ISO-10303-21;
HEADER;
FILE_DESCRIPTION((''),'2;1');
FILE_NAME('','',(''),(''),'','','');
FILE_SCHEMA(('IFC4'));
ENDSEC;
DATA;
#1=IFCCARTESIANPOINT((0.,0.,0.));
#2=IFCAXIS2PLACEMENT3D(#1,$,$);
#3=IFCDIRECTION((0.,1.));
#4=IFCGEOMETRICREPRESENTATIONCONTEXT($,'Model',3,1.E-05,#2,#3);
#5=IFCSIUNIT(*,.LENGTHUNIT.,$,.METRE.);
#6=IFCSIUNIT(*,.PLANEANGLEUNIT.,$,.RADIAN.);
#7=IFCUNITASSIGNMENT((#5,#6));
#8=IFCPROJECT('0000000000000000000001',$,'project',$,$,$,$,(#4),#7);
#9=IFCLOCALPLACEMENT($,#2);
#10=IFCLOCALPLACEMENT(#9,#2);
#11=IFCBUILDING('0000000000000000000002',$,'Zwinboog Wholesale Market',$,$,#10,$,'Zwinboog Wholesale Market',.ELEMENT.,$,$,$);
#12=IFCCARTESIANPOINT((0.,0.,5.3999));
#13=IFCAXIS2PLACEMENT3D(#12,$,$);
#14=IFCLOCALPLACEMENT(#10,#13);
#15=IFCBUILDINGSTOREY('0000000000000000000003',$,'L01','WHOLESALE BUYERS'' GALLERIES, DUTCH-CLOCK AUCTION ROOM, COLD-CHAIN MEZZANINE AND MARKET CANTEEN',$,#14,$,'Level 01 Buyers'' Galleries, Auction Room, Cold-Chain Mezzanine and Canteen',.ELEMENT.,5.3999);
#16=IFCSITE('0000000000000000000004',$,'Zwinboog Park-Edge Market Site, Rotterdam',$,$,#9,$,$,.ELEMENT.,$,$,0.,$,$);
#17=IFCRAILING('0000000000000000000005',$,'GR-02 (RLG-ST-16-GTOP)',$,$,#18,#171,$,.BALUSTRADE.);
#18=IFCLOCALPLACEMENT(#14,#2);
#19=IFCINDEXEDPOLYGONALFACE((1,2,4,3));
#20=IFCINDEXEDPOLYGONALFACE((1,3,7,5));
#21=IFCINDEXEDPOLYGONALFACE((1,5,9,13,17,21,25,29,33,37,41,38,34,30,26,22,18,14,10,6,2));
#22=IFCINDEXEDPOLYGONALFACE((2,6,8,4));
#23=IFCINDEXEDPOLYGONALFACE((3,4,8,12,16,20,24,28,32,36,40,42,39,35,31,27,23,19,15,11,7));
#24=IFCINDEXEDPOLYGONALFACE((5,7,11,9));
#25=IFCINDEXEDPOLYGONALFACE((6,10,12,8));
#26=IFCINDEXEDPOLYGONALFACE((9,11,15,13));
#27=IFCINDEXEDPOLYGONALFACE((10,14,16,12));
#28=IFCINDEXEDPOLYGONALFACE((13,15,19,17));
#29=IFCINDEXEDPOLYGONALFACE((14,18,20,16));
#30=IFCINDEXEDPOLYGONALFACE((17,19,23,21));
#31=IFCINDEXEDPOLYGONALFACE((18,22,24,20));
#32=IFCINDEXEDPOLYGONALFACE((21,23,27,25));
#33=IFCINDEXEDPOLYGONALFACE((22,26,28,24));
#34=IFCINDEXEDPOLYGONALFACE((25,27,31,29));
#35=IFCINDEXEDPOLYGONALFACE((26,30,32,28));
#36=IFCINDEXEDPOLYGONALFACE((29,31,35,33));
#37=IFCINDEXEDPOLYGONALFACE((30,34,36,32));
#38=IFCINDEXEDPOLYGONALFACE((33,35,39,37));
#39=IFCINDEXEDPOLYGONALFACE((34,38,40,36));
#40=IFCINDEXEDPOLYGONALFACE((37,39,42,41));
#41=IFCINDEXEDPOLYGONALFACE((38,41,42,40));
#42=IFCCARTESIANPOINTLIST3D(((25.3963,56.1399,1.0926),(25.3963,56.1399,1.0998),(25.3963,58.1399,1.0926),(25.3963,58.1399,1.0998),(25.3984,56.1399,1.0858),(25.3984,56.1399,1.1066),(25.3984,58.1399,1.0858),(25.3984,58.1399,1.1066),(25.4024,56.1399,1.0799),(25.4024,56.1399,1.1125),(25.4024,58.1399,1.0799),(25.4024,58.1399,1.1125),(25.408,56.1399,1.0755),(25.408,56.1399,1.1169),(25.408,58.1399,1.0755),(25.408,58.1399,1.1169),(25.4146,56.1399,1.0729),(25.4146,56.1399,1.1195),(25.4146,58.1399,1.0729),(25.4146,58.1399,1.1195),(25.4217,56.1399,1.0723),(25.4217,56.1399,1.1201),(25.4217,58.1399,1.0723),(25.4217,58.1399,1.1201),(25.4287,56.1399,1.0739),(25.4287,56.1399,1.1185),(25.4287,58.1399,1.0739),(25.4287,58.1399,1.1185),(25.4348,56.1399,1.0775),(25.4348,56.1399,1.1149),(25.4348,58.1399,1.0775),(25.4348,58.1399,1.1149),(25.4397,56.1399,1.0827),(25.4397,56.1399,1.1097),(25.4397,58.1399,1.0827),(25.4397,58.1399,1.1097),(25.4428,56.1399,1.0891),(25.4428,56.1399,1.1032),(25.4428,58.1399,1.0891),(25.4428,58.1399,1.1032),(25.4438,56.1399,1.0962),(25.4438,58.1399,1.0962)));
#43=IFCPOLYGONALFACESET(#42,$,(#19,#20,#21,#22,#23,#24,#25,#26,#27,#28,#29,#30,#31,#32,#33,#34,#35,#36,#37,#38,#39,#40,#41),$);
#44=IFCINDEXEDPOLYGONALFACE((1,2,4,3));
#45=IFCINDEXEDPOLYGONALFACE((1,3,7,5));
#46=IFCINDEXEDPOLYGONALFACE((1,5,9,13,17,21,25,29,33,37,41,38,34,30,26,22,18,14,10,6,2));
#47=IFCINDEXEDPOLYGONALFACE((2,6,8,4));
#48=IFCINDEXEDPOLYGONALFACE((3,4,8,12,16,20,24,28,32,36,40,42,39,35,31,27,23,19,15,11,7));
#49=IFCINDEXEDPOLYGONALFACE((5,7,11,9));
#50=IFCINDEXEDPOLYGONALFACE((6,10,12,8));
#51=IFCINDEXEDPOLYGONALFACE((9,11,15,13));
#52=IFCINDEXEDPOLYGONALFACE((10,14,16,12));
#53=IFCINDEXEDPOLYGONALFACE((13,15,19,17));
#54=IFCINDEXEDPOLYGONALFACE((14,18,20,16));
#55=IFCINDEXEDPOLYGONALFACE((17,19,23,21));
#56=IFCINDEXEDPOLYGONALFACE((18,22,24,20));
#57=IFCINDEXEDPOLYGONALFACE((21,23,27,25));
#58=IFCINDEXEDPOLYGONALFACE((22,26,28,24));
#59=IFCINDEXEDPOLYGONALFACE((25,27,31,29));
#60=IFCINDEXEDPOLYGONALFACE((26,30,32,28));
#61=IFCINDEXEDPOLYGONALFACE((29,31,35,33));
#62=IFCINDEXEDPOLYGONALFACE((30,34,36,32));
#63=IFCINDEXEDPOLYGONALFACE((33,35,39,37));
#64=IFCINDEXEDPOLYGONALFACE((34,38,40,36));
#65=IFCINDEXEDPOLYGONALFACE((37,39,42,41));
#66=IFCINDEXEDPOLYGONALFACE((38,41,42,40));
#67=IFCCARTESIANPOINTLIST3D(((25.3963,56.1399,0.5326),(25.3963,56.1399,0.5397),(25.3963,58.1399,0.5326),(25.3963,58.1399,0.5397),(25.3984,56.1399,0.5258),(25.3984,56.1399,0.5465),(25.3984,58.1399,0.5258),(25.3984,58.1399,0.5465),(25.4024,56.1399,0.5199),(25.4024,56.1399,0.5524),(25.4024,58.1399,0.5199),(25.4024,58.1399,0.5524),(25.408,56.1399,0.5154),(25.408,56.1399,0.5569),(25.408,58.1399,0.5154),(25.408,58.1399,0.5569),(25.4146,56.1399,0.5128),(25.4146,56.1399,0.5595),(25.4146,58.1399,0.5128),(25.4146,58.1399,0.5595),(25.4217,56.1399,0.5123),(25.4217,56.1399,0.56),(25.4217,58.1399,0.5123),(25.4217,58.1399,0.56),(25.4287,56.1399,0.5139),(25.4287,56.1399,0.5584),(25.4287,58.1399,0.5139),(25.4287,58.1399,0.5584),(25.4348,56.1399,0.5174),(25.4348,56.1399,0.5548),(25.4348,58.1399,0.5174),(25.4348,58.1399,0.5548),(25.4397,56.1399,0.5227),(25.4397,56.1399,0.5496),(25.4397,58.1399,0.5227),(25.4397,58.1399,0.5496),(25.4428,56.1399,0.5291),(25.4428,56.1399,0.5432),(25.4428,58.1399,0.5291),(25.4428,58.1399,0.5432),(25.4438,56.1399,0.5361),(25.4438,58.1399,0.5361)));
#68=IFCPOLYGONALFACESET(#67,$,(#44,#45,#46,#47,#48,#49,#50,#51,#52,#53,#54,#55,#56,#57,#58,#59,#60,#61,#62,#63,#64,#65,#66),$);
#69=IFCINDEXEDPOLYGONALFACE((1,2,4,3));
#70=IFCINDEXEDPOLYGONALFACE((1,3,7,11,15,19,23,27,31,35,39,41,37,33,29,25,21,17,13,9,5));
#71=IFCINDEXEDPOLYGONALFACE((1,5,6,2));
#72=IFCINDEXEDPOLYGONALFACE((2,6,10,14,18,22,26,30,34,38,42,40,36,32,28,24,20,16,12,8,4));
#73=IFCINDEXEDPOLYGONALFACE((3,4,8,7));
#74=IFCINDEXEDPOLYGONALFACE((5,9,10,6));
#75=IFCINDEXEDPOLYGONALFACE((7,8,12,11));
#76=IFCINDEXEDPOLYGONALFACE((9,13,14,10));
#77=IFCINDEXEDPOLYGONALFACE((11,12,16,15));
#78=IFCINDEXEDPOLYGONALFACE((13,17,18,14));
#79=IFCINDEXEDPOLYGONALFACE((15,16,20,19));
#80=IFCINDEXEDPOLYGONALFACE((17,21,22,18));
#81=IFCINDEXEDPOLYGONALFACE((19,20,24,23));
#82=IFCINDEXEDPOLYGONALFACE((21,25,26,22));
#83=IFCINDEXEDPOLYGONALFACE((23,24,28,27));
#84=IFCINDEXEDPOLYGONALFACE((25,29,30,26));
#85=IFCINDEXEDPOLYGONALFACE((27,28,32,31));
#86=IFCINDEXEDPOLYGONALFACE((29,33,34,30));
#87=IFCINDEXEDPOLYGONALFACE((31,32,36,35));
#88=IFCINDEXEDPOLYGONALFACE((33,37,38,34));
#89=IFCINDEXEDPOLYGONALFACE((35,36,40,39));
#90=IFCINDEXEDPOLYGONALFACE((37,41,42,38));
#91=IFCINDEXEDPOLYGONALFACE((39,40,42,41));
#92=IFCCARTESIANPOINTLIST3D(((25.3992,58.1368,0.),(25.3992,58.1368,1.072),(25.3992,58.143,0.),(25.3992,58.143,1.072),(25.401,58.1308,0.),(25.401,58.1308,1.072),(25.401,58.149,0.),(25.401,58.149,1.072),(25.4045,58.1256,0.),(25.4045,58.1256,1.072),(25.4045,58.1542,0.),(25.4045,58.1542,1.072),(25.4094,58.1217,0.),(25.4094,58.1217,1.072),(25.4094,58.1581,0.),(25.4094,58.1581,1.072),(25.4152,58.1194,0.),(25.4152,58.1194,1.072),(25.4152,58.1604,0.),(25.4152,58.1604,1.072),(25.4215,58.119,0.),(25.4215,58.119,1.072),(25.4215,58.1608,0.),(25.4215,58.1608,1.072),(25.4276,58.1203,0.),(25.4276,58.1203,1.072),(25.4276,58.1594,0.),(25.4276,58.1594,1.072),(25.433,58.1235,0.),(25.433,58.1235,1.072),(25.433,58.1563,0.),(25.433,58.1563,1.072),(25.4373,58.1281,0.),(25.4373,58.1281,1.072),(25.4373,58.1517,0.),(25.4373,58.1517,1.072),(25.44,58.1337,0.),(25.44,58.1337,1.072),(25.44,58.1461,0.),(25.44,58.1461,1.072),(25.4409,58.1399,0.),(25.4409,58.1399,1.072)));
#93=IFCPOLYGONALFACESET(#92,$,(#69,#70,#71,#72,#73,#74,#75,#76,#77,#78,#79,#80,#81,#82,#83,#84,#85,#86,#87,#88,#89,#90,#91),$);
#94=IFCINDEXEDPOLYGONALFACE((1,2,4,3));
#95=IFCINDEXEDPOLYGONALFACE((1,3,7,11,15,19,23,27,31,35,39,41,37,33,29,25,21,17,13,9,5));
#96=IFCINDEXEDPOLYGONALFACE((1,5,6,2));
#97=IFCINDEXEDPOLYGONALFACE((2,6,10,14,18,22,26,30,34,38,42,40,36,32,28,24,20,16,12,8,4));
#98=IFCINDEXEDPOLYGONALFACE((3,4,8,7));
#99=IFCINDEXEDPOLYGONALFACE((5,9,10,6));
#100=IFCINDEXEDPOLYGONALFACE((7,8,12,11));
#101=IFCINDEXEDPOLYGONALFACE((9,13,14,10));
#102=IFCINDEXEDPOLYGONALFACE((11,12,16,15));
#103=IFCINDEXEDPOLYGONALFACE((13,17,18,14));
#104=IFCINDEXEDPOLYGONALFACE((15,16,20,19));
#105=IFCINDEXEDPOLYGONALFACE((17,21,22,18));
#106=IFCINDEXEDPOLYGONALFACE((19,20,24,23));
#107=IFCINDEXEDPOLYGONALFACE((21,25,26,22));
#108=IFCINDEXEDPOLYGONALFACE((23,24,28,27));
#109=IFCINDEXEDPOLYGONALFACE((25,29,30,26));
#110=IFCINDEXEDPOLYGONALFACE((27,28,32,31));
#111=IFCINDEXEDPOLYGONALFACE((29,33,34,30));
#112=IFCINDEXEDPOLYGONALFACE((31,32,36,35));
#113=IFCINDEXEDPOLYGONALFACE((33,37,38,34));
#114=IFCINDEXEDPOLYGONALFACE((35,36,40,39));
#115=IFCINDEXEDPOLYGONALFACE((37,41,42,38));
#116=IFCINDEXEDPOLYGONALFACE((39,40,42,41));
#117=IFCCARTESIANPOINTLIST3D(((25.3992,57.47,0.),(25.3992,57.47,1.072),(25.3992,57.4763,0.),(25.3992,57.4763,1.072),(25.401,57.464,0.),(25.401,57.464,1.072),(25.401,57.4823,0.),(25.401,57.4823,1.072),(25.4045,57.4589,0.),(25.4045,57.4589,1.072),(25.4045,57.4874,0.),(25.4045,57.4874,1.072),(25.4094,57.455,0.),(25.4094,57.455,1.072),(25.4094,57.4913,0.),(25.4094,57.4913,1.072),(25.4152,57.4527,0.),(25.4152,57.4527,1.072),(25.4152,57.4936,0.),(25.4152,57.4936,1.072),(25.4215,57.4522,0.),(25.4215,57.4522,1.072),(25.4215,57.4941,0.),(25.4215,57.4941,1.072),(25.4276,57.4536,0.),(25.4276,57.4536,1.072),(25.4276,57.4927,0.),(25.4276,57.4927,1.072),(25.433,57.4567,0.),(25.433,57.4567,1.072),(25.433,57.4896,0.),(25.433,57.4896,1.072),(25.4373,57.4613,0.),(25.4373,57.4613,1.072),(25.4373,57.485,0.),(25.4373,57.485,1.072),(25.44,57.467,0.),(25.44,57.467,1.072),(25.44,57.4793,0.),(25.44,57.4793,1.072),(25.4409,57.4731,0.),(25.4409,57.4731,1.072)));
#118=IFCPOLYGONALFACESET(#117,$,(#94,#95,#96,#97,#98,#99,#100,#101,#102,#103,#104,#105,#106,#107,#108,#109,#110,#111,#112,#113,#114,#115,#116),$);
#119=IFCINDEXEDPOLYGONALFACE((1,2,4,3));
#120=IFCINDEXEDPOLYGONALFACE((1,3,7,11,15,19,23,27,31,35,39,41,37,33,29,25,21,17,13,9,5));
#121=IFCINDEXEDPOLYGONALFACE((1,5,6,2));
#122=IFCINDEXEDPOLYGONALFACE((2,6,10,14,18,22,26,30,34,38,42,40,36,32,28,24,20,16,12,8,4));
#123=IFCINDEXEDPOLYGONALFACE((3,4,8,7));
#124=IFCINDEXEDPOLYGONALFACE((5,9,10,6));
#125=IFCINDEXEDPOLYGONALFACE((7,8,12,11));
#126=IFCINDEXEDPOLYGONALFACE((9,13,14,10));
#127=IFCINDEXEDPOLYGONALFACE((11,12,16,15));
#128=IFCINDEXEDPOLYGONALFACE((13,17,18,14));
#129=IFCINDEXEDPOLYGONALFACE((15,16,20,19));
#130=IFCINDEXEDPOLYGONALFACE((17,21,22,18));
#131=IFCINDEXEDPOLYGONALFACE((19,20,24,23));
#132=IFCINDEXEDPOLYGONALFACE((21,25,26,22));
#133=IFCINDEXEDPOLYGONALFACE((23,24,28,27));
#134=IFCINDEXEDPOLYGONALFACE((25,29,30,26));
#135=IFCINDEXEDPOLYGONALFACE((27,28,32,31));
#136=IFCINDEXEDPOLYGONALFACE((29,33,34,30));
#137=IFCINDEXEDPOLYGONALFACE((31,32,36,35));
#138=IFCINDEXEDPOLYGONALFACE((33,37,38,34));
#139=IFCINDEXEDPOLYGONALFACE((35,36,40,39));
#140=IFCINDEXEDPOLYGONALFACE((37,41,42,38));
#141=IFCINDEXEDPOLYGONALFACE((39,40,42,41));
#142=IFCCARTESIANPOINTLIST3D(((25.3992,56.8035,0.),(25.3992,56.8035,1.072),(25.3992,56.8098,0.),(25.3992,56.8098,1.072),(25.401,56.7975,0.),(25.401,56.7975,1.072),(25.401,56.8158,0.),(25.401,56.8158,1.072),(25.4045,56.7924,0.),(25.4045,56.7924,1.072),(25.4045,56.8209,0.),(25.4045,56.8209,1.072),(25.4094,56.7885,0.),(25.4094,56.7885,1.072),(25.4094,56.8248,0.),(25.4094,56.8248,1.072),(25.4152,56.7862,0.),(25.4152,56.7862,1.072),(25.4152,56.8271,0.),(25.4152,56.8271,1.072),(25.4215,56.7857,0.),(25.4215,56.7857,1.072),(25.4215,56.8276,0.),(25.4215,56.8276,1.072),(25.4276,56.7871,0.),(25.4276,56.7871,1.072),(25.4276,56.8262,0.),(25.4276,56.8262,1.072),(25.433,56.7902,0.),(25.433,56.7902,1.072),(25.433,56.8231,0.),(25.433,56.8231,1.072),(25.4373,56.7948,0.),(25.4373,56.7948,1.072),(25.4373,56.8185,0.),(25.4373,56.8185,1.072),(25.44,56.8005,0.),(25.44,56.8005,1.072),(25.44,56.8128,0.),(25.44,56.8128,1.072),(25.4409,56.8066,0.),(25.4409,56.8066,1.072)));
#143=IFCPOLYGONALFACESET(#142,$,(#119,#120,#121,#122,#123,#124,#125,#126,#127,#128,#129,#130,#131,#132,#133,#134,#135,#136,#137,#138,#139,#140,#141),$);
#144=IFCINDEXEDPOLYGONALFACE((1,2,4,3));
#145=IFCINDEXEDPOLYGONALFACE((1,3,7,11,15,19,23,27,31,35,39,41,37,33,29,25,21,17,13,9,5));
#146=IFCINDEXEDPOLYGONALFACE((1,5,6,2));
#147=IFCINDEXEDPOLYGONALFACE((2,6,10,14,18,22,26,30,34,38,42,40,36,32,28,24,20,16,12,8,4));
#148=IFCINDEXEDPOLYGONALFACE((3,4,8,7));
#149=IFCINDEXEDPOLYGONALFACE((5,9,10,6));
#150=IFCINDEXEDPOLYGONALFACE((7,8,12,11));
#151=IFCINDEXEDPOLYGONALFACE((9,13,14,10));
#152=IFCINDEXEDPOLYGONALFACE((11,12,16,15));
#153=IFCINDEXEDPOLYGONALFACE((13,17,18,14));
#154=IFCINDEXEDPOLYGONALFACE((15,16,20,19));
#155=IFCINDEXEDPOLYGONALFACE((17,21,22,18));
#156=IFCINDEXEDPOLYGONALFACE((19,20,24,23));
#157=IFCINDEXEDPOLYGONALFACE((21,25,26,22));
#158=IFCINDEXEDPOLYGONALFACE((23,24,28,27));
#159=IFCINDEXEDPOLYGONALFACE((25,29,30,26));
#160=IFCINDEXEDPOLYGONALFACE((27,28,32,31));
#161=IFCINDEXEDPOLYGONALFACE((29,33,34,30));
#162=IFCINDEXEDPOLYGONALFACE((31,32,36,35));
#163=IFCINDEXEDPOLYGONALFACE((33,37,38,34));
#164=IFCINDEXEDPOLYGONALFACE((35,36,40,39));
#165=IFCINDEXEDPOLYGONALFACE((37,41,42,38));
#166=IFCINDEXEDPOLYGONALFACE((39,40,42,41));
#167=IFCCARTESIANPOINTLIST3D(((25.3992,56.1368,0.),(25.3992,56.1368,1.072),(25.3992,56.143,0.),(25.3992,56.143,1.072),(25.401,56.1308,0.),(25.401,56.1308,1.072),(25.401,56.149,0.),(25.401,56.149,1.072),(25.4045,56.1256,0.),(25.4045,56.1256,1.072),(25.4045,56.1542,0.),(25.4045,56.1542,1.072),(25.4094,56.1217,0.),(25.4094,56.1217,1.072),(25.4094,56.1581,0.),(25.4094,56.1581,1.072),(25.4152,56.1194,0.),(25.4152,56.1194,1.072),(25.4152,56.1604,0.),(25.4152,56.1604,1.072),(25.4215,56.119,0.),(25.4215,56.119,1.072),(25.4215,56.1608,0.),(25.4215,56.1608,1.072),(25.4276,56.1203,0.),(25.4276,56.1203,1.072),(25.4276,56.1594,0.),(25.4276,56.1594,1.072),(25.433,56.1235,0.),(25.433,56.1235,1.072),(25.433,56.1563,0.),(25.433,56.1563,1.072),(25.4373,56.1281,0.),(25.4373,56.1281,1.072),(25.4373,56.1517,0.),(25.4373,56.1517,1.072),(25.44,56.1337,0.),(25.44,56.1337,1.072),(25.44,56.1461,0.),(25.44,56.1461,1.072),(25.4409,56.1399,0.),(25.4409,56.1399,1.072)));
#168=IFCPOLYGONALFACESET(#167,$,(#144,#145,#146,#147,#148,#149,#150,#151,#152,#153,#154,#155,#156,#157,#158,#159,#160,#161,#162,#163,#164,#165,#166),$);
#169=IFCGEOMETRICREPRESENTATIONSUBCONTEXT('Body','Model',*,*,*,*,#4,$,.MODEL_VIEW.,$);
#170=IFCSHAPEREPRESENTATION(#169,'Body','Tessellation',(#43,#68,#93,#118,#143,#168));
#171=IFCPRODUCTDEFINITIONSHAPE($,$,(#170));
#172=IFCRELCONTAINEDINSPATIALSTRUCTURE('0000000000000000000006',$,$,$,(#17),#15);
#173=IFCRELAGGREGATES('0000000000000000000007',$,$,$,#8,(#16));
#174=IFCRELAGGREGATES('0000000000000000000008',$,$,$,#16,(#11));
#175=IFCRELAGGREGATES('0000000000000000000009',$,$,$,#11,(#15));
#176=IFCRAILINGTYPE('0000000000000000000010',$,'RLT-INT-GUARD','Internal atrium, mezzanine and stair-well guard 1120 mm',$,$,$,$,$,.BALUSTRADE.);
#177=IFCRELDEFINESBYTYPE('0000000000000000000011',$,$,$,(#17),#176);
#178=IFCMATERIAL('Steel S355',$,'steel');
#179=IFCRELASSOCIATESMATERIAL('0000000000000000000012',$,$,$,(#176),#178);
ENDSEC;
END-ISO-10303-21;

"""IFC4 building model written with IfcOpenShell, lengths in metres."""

from ifc_helpers import new_model, si_unit, direction, frame, origin, origin_2d, place, context, subcontext, project, spatial, circle, extrude, material, type_object, element, save


model = new_model("IFC4")

# Units and contexts
model_context = context("Model", 3, precision=1e-05, world=origin(), true_north=direction((0.0, 1.0)))
body_context = subcontext(model_context, "Body", "Model", "MODEL_VIEW")
ifc_project = project(units=[si_unit("LENGTHUNIT", "METRE"), si_unit("PLANEANGLEUNIT", "RADIAN")], contexts=[model_context])

# Site, building, storey
site_placement = place(None, origin())
site = spatial("IfcSite", under=ifc_project, at=site_placement, Name="Zwinboog Park-Edge Market Site, Rotterdam", CompositionType="ELEMENT", RefElevation=0.0)
building_placement = place(site_placement, origin())
building = spatial("IfcBuilding", under=site, at=building_placement, Name="Zwinboog Wholesale Market", LongName="Zwinboog Wholesale Market", CompositionType="ELEMENT")
storey_placement = place(building_placement, frame((0.0, 0.0, 5.3999)))
storey = spatial("IfcBuildingStorey", under=building, at=storey_placement, Name="L01", Description="WHOLESALE BUYERS' GALLERIES, DUTCH-CLOCK AUCTION ROOM, COLD-CHAIN MEZZANINE AND MARKET CANTEEN", LongName="Level 01 Buyers' Galleries, Auction Room, Cold-Chain Mezzanine and Canteen", CompositionType="ELEMENT", Elevation=5.3999)

# Shared definitions
ifc_material_1 = material(Name="Steel S355", Category="steel")

# Railing
railing_type = type_object("IfcRailingType", Name="RLT-INT-GUARD", Description="Internal atrium, mezzanine and stair-well guard 1120 mm", PredefinedType="BALUSTRADE", material=ifc_material_1)
railing_placement = place(storey_placement, frame((25.4199, 58.1399, 0.0)))
element("IfcRailing", 1, at=railing_placement, inside=storey, type_object=railing_type, Name="GR-02 (RLG-ST-16-GTOP)", PredefinedType="BALUSTRADE", context=body_context, shape_type="SweptSolid", body=[
    extrude(circle(Radius=0.0239, at=origin_2d()), frame((0.0, 0.0, 1.0962), z_axis=(0.0, -1.0, 0.0), x_axis=(1.0, 0.0, 0.0)), (0.0, 0.0, 1.0), 2.0),
    extrude(circle(Radius=0.0239, at=origin_2d()), frame((0.0, 0.0, 0.5361), z_axis=(0.0, -1.0, 0.0), x_axis=(1.0, 0.0, 0.0)), (0.0, 0.0, 1.0), 2.0),
    extrude(circle(Radius=0.021, at=origin_2d()), origin(), (0.0, 0.0, 1.0), 1.072),
    extrude(circle(Radius=0.021, at=origin_2d()), frame((0.0, -0.6667, 0.0)), (0.0, 0.0, 1.0), 1.072),
    extrude(circle(Radius=0.021, at=origin_2d()), frame((0.0, -1.3333, 0.0)), (0.0, 0.0, 1.0), 1.072),
    extrude(circle(Radius=0.021, at=origin_2d()), frame((0.0, -2.0, 0.0)), (0.0, 0.0, 1.0), 1.072),
])

save(model, "model.ifc")
